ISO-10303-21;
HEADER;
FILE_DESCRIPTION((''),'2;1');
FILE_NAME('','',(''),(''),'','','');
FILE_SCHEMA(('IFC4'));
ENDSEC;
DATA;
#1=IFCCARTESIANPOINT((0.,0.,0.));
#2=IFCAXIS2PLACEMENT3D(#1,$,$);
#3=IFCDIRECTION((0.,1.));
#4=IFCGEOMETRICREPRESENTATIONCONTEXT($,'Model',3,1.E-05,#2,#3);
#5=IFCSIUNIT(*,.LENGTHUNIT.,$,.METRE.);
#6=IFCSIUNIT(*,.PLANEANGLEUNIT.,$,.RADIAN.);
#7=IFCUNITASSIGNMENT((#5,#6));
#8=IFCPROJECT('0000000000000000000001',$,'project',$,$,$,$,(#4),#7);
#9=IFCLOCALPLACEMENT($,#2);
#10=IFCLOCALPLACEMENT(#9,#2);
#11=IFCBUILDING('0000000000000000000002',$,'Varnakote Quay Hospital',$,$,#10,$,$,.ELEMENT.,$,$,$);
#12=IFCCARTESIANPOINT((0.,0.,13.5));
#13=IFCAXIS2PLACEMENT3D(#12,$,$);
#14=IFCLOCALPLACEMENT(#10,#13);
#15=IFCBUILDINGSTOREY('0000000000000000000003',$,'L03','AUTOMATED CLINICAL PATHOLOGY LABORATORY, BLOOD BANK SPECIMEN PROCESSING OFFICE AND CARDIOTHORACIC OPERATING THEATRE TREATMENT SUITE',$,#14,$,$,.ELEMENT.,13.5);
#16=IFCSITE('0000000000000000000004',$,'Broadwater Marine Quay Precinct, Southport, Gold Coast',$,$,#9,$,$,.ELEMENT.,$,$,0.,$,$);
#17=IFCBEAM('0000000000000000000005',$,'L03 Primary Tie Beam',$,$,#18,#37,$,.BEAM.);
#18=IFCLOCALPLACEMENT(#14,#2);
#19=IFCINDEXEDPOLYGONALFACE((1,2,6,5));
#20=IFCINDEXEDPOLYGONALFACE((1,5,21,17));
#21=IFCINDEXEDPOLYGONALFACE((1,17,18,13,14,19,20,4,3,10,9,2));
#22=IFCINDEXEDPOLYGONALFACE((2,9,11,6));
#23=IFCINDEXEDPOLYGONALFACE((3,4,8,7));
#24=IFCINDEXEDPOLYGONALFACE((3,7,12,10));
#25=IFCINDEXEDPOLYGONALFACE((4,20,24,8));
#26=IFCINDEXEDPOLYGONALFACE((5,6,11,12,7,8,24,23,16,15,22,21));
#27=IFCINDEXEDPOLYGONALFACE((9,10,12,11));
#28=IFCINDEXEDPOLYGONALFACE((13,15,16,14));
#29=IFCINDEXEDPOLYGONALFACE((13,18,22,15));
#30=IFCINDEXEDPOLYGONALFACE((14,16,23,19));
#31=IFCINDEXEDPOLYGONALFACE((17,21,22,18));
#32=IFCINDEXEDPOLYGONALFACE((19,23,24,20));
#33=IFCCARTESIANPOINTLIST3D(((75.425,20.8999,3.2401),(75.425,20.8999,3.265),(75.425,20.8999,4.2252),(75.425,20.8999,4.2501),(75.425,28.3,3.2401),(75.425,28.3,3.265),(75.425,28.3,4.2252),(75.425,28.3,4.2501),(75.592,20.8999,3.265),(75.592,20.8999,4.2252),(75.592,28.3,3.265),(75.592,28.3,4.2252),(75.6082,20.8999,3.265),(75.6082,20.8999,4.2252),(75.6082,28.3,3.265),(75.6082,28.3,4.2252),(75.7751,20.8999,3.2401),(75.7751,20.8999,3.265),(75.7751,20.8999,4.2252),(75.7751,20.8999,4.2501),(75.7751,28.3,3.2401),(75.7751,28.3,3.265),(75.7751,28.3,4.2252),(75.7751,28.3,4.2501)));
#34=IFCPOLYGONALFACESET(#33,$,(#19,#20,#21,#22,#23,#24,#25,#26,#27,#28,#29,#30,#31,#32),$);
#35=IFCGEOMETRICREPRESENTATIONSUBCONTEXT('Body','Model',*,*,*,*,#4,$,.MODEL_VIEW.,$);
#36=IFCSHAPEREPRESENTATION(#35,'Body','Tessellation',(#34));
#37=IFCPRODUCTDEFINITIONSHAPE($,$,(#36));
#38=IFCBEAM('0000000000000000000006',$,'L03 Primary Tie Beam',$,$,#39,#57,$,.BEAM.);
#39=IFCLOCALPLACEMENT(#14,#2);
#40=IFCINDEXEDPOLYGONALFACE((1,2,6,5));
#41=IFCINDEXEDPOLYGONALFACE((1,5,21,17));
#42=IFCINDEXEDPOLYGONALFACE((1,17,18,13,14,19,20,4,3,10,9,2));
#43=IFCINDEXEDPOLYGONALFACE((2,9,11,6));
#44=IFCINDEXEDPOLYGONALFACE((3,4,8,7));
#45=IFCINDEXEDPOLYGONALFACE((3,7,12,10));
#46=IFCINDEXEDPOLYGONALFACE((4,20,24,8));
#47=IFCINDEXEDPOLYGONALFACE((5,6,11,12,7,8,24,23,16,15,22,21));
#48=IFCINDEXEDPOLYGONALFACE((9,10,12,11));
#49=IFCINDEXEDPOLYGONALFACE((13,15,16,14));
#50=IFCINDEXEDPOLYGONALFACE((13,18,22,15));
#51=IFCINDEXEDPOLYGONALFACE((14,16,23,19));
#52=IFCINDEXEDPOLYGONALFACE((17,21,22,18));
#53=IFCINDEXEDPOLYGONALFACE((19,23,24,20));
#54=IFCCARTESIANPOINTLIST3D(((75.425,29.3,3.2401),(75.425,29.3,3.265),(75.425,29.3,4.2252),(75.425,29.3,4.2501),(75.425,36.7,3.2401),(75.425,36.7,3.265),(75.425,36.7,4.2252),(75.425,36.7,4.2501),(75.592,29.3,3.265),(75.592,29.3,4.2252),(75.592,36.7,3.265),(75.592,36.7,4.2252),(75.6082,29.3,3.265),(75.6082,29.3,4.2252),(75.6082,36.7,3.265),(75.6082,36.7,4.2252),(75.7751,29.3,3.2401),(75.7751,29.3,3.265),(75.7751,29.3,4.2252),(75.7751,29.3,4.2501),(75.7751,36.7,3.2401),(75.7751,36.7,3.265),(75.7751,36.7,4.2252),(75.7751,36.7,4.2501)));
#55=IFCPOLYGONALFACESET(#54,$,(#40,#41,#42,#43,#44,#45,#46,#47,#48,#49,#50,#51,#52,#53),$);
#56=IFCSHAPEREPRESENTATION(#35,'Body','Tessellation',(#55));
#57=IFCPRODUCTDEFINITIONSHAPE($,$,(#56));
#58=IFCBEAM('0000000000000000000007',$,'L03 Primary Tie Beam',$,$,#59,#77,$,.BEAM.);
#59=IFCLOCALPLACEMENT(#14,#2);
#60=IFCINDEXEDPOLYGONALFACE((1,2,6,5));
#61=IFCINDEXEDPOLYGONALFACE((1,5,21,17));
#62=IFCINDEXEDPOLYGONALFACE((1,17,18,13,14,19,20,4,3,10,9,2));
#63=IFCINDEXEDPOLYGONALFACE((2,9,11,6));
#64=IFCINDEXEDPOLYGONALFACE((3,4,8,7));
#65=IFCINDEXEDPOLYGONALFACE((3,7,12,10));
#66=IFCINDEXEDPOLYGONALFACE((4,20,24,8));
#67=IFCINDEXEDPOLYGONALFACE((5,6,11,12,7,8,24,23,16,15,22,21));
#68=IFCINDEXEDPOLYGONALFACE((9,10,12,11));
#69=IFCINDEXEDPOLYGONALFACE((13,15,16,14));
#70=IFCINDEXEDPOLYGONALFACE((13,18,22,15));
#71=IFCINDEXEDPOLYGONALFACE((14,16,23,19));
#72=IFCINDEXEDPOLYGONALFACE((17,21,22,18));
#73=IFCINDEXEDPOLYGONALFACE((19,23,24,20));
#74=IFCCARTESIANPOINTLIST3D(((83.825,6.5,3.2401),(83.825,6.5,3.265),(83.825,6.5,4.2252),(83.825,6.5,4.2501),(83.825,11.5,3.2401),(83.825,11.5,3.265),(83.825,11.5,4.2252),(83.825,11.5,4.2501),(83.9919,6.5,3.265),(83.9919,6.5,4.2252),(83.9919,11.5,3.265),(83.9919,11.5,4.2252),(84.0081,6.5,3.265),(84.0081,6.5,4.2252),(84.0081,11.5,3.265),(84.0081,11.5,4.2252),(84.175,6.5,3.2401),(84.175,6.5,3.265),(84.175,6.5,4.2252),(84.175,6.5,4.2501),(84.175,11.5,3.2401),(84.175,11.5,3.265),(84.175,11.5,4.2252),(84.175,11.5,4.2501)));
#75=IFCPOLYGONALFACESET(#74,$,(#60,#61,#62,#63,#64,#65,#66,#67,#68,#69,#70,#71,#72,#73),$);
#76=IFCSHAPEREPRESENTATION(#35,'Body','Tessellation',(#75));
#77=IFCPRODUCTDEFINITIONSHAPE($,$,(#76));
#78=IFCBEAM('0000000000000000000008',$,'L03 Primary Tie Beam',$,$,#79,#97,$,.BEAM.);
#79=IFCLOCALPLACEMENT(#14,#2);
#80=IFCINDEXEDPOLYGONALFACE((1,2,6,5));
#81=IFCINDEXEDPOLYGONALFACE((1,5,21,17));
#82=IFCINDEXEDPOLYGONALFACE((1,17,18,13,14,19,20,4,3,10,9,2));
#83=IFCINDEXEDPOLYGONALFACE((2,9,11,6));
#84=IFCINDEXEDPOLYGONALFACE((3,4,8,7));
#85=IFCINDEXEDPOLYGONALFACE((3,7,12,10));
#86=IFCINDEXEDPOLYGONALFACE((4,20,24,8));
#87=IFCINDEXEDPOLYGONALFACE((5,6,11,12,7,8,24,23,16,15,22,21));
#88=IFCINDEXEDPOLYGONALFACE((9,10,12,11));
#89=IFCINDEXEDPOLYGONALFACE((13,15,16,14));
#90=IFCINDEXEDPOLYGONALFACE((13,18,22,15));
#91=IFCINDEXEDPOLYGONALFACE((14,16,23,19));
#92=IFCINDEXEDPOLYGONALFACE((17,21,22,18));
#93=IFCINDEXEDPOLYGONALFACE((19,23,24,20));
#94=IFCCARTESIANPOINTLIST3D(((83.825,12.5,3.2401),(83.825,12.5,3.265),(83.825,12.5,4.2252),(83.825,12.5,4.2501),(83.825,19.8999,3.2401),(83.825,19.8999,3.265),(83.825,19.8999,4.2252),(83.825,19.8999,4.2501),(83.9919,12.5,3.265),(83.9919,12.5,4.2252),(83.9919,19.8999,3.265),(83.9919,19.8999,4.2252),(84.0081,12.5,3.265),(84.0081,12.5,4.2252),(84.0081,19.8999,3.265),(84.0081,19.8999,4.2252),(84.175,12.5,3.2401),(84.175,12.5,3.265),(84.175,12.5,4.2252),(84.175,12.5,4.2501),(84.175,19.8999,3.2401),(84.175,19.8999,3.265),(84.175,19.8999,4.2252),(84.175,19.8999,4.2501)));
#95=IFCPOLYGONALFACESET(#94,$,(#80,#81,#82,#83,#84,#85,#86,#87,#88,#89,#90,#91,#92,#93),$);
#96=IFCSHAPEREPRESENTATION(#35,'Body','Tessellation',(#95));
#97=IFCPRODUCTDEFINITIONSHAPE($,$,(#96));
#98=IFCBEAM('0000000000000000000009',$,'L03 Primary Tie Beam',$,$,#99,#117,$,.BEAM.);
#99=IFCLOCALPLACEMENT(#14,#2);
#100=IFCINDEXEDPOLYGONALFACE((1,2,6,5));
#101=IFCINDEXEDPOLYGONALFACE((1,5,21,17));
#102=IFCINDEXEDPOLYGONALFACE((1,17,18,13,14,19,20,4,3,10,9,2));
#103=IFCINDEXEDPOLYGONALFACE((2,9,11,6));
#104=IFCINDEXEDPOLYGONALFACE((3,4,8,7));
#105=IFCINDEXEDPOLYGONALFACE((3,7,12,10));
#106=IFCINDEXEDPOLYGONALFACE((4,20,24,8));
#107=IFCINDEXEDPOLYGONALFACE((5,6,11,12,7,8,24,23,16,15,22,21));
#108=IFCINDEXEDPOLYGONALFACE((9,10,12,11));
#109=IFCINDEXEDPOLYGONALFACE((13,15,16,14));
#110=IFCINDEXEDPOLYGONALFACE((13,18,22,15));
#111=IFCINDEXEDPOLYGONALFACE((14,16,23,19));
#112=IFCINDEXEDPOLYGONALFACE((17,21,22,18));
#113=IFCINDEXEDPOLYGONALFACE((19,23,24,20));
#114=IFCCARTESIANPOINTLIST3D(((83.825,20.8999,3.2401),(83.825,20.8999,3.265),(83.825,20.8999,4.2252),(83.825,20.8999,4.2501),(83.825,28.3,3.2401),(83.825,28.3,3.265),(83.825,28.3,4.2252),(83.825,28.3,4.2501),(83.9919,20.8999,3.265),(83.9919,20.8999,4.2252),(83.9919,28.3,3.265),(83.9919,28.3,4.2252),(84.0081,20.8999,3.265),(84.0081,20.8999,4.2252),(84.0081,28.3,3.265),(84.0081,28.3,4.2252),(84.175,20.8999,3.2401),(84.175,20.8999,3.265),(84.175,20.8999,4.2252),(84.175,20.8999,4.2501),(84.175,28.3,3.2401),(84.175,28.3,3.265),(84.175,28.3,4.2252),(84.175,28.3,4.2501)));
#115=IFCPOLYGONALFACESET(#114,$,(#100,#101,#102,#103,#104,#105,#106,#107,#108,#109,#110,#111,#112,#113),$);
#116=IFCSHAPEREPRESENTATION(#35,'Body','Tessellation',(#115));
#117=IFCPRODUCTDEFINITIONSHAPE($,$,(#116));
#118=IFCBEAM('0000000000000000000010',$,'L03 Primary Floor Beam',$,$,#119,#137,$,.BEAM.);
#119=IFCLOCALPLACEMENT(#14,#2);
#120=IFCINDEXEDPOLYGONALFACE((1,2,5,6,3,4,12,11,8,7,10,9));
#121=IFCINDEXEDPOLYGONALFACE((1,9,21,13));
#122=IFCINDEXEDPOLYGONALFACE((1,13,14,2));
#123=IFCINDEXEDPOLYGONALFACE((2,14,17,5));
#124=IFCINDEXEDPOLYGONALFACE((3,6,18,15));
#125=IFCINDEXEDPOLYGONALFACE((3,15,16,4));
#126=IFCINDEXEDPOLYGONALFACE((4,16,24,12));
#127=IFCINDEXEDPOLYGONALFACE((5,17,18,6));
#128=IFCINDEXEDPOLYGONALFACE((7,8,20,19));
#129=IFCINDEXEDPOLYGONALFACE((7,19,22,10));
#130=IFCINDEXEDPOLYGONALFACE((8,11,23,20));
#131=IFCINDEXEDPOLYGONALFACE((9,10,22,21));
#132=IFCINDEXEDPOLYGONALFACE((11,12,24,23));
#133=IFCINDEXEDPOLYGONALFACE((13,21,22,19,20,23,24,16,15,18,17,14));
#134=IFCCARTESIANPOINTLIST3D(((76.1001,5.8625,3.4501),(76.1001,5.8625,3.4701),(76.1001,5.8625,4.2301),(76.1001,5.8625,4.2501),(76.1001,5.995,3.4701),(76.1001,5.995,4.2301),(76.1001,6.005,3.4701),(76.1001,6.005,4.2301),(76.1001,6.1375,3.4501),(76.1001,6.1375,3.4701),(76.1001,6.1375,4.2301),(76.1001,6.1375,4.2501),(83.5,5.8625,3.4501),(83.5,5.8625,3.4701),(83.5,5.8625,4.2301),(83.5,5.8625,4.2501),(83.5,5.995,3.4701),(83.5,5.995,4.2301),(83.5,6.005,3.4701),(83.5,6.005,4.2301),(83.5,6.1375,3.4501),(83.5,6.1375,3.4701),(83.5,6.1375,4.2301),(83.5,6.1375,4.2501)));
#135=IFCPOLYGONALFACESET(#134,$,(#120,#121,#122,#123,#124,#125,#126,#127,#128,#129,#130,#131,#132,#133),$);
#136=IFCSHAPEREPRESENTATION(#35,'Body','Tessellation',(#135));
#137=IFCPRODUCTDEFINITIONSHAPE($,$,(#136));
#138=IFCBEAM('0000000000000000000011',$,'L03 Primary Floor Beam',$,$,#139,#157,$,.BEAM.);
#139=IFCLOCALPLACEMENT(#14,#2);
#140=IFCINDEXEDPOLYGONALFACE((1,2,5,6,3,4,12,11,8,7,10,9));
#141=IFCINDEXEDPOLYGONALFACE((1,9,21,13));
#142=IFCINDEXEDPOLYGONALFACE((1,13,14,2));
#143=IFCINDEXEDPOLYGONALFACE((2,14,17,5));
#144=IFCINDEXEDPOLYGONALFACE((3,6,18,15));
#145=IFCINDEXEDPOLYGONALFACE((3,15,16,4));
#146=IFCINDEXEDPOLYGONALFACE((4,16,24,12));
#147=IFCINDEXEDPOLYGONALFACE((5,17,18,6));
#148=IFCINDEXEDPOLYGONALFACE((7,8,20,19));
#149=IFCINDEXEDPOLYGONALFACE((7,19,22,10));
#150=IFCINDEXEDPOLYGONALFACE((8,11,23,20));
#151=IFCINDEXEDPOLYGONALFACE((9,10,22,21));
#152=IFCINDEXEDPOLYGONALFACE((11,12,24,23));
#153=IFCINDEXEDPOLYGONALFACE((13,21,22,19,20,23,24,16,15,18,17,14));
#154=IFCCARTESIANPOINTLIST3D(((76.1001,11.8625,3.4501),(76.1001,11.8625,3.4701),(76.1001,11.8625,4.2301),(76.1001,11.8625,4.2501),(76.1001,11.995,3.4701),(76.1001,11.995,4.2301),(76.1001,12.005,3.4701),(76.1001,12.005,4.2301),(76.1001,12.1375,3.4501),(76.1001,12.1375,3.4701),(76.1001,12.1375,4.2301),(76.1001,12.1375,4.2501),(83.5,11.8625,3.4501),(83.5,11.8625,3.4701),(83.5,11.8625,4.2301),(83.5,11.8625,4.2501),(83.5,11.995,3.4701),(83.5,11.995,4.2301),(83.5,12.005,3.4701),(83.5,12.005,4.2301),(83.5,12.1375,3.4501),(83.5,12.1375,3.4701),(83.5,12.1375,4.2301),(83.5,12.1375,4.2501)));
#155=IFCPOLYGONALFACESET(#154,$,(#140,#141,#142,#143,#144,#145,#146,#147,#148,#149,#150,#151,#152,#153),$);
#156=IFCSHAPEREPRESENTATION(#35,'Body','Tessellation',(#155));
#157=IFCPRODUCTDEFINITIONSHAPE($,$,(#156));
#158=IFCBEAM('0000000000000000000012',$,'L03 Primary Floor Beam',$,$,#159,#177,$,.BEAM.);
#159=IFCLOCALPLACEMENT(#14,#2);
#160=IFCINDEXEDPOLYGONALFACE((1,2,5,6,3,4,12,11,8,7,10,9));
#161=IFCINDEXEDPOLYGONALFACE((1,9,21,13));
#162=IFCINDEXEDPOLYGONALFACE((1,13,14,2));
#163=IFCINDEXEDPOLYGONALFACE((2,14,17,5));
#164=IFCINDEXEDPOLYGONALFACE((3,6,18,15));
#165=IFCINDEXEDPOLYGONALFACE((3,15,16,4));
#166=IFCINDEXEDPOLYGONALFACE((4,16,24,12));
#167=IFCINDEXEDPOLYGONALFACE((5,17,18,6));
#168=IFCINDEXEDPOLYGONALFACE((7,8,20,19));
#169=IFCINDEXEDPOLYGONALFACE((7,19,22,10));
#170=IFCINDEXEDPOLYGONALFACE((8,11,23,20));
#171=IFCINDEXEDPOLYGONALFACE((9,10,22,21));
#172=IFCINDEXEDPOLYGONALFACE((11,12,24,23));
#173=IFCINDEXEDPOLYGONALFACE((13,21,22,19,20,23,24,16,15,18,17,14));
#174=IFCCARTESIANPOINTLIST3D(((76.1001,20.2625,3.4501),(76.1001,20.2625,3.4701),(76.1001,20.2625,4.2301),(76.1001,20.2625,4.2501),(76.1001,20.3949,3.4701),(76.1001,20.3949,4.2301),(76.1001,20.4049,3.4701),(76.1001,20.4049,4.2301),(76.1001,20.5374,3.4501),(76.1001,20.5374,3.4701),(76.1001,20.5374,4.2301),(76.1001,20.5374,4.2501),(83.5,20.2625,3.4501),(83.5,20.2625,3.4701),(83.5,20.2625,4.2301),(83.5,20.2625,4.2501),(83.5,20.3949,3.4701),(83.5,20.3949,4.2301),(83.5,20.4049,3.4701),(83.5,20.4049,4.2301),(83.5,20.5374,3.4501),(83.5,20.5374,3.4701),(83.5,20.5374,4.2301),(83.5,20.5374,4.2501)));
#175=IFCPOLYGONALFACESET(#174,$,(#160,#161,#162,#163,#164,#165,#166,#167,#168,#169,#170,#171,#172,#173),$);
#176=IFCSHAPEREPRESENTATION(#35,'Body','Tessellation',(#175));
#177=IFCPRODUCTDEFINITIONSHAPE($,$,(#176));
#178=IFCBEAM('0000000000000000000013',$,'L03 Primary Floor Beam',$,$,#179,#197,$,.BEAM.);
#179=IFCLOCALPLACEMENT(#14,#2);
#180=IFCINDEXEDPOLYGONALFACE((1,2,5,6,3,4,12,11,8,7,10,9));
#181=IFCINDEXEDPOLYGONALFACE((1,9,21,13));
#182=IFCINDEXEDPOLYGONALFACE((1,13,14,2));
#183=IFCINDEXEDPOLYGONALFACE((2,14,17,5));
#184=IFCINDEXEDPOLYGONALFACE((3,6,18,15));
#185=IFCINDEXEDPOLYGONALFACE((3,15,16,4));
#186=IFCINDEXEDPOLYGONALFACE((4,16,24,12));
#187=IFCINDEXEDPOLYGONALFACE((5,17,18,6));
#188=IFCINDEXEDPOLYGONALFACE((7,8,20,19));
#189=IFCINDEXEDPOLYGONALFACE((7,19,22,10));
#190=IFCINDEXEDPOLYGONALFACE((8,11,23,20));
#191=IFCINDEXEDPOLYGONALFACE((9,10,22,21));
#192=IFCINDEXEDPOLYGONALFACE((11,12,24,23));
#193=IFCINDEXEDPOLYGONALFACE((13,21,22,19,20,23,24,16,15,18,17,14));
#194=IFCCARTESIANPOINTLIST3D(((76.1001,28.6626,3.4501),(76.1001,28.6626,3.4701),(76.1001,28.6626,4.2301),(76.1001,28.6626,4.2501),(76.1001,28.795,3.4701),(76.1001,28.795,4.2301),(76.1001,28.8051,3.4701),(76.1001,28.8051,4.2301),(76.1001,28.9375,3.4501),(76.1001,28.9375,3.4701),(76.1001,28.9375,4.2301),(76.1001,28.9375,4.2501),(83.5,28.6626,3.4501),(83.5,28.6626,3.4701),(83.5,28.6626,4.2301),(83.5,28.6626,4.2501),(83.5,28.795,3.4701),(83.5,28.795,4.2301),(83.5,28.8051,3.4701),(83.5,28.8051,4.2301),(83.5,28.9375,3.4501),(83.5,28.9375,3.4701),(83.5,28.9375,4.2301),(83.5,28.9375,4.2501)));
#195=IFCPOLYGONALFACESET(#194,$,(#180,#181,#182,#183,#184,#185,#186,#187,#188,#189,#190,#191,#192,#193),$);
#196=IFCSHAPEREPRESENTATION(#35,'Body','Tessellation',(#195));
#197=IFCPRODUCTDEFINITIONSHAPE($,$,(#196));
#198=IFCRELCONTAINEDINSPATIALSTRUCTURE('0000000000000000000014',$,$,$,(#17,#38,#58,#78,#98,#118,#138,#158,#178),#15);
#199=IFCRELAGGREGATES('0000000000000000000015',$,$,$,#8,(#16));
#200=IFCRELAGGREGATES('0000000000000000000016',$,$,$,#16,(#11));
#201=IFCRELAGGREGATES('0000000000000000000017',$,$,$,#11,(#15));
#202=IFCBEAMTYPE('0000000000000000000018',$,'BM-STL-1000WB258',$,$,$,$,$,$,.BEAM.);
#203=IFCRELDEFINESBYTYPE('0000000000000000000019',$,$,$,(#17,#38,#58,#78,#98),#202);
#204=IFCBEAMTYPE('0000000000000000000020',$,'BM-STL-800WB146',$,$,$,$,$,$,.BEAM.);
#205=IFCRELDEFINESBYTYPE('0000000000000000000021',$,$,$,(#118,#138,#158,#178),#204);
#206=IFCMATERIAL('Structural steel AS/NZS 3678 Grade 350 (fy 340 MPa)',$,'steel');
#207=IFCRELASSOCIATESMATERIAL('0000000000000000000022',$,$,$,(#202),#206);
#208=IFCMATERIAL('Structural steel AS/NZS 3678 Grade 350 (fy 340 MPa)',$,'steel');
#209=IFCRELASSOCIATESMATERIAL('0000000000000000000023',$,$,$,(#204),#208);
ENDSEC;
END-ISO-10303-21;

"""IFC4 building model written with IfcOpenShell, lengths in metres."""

from ifc_helpers import new_model, si_unit, direction, frame, origin, origin_2d, place, context, subcontext, project, spatial, i_section, extrude, material, material_profile, profile_set, type_object, element, save


model = new_model("IFC4")

# Units and contexts
model_context = context("Model", 3, precision=1e-05, world=origin(), true_north=direction((0.0, 1.0)))
body_context = subcontext(model_context, "Body", "Model", "MODEL_VIEW")
ifc_project = project(units=[si_unit("LENGTHUNIT", "METRE"), si_unit("PLANEANGLEUNIT", "RADIAN")], contexts=[model_context])

# Site, building, storey
site_placement = place(None, origin())
site = spatial("IfcSite", under=ifc_project, at=site_placement, Name="Broadwater Marine Quay Precinct, Southport, Gold Coast", CompositionType="ELEMENT", RefElevation=0.0)
building_placement = place(site_placement, origin())
building = spatial("IfcBuilding", under=site, at=building_placement, Name="Varnakote Quay Hospital", CompositionType="ELEMENT")
storey_placement = place(building_placement, frame((0.0, 0.0, 13.5)))
storey = spatial("IfcBuildingStorey", under=building, at=storey_placement, Name="L03", Description="AUTOMATED CLINICAL PATHOLOGY LABORATORY, BLOOD BANK SPECIMEN PROCESSING OFFICE AND CARDIOTHORACIC OPERATING THEATRE TREATMENT SUITE", CompositionType="ELEMENT", Elevation=13.5)

# Beams
ifc_material_1 = material(Name="Structural steel AS/NZS 3678 Grade 350 (fy 340 MPa)", Category="steel")
ifc_material_profile_1 = material_profile(ifc_material_1, i_section(OverallWidth=0.3501, OverallDepth=1.01, WebThickness=0.0161, FlangeThickness=0.0249, at=origin_2d()), Name="1000WB258")
ifc_profile_set_1 = profile_set([ifc_material_profile_1], Name="Structural steel AS/NZS 3678 Grade 350 (fy 340 MPa)")
beam_type_1 = type_object("IfcBeamType", Name="BM-STL-1000WB258", PredefinedType="BEAM", material=ifc_profile_set_1)
beam_1_placement = place(storey_placement, frame((75.6001, 20.8999, 3.7451), z_axis=(0.0, 1.0, 0.0), x_axis=(-1.0, 0.0, 0.0)))
element("IfcBeam", 1, at=beam_1_placement, inside=storey, type_object=beam_type_1, Name="L03 Primary Tie Beam", PredefinedType="BEAM", context=body_context, shape_type="SweptSolid", body=[
    extrude(i_section(OverallWidth=0.3501, OverallDepth=1.01, WebThickness=0.0161, FlangeThickness=0.0249, at=origin_2d()), origin(), (0.0, 0.0, 1.0), 7.4001),
])
beam_2_placement = place(storey_placement, frame((75.6001, 29.3, 3.7451), z_axis=(0.0, 1.0, 0.0), x_axis=(-1.0, 0.0, 0.0)))
element("IfcBeam", 2, at=beam_2_placement, inside=storey, type_object=beam_type_1, Name="L03 Primary Tie Beam", PredefinedType="BEAM", context=body_context, shape_type="SweptSolid", body=[
    extrude(i_section(OverallWidth=0.3501, OverallDepth=1.01, WebThickness=0.0161, FlangeThickness=0.0249, at=origin_2d()), origin(), (0.0, 0.0, 1.0), 7.3999),
])
beam_3_placement = place(storey_placement, frame((84.0, 6.5, 3.7451), z_axis=(0.0, 1.0, 0.0), x_axis=(-1.0, 0.0, 0.0)))
element("IfcBeam", 3, at=beam_3_placement, inside=storey, type_object=beam_type_1, Name="L03 Primary Tie Beam", PredefinedType="BEAM", context=body_context, shape_type="SweptSolid", body=[
    extrude(i_section(OverallWidth=0.3501, OverallDepth=1.01, WebThickness=0.0161, FlangeThickness=0.0249, at=origin_2d()), origin(), (0.0, 0.0, 1.0), 5.0),
])
beam_4_placement = place(storey_placement, frame((84.0, 12.5, 3.7451), z_axis=(0.0, 1.0, 0.0), x_axis=(-1.0, 0.0, 0.0)))
element("IfcBeam", 4, at=beam_4_placement, inside=storey, type_object=beam_type_1, Name="L03 Primary Tie Beam", PredefinedType="BEAM", context=body_context, shape_type="SweptSolid", body=[
    extrude(i_section(OverallWidth=0.3501, OverallDepth=1.01, WebThickness=0.0161, FlangeThickness=0.0249, at=origin_2d()), origin(), (0.0, 0.0, 1.0), 7.3999),
])
beam_5_placement = place(storey_placement, frame((84.0, 20.8999, 3.7451), z_axis=(0.0, 1.0, 0.0), x_axis=(-1.0, 0.0, 0.0)))
element("IfcBeam", 5, at=beam_5_placement, inside=storey, type_object=beam_type_1, Name="L03 Primary Tie Beam", PredefinedType="BEAM", context=body_context, shape_type="SweptSolid", body=[
    extrude(i_section(OverallWidth=0.3501, OverallDepth=1.01, WebThickness=0.0161, FlangeThickness=0.0249, at=origin_2d()), origin(), (0.0, 0.0, 1.0), 7.4001),
])
ifc_material_2 = material(Name="Structural steel AS/NZS 3678 Grade 350 (fy 340 MPa)", Category="steel")
ifc_material_profile_2 = material_profile(ifc_material_2, i_section(OverallWidth=0.2749, OverallDepth=0.8, WebThickness=0.01, FlangeThickness=0.02, at=origin_2d()), Name="800WB146")
ifc_profile_set_2 = profile_set([ifc_material_profile_2], Name="Structural steel AS/NZS 3678 Grade 350 (fy 340 MPa)")
beam_type_2 = type_object("IfcBeamType", Name="BM-STL-800WB146", PredefinedType="BEAM", material=ifc_profile_set_2)
for number, where, z_axis, x_axis, name in (
    (6, (76.1001, 6.0, 3.8501), (1.0, 0.0, 0.0), (0.0, 1.0, 0.0), "L03 Primary Floor Beam"),
    (7, (76.1001, 12.0, 3.8501), (1.0, 0.0, 0.0), (0.0, 1.0, 0.0), "L03 Primary Floor Beam"),
    (8, (76.1001, 20.3999, 3.8501), (1.0, 0.0, 0.0), (0.0, 1.0, 0.0), "L03 Primary Floor Beam"),
    (9, (76.1001, 28.8, 3.8501), (1.0, 0.0, 0.0), (0.0, 1.0, 0.0), "L03 Primary Floor Beam"),
):
    element("IfcBeam", number, at=place(storey_placement, frame(where, z_axis=z_axis, x_axis=x_axis)), inside=storey, type_object=beam_type_2, Name=name, PredefinedType="BEAM", context=body_context, shape_type="SweptSolid", body=[
        extrude(i_section(OverallWidth=0.2749, OverallDepth=0.8, WebThickness=0.01, FlangeThickness=0.02, at=origin_2d()), origin(), (0.0, 0.0, 1.0), 7.3999),
    ])

save(model, "model.ifc")
